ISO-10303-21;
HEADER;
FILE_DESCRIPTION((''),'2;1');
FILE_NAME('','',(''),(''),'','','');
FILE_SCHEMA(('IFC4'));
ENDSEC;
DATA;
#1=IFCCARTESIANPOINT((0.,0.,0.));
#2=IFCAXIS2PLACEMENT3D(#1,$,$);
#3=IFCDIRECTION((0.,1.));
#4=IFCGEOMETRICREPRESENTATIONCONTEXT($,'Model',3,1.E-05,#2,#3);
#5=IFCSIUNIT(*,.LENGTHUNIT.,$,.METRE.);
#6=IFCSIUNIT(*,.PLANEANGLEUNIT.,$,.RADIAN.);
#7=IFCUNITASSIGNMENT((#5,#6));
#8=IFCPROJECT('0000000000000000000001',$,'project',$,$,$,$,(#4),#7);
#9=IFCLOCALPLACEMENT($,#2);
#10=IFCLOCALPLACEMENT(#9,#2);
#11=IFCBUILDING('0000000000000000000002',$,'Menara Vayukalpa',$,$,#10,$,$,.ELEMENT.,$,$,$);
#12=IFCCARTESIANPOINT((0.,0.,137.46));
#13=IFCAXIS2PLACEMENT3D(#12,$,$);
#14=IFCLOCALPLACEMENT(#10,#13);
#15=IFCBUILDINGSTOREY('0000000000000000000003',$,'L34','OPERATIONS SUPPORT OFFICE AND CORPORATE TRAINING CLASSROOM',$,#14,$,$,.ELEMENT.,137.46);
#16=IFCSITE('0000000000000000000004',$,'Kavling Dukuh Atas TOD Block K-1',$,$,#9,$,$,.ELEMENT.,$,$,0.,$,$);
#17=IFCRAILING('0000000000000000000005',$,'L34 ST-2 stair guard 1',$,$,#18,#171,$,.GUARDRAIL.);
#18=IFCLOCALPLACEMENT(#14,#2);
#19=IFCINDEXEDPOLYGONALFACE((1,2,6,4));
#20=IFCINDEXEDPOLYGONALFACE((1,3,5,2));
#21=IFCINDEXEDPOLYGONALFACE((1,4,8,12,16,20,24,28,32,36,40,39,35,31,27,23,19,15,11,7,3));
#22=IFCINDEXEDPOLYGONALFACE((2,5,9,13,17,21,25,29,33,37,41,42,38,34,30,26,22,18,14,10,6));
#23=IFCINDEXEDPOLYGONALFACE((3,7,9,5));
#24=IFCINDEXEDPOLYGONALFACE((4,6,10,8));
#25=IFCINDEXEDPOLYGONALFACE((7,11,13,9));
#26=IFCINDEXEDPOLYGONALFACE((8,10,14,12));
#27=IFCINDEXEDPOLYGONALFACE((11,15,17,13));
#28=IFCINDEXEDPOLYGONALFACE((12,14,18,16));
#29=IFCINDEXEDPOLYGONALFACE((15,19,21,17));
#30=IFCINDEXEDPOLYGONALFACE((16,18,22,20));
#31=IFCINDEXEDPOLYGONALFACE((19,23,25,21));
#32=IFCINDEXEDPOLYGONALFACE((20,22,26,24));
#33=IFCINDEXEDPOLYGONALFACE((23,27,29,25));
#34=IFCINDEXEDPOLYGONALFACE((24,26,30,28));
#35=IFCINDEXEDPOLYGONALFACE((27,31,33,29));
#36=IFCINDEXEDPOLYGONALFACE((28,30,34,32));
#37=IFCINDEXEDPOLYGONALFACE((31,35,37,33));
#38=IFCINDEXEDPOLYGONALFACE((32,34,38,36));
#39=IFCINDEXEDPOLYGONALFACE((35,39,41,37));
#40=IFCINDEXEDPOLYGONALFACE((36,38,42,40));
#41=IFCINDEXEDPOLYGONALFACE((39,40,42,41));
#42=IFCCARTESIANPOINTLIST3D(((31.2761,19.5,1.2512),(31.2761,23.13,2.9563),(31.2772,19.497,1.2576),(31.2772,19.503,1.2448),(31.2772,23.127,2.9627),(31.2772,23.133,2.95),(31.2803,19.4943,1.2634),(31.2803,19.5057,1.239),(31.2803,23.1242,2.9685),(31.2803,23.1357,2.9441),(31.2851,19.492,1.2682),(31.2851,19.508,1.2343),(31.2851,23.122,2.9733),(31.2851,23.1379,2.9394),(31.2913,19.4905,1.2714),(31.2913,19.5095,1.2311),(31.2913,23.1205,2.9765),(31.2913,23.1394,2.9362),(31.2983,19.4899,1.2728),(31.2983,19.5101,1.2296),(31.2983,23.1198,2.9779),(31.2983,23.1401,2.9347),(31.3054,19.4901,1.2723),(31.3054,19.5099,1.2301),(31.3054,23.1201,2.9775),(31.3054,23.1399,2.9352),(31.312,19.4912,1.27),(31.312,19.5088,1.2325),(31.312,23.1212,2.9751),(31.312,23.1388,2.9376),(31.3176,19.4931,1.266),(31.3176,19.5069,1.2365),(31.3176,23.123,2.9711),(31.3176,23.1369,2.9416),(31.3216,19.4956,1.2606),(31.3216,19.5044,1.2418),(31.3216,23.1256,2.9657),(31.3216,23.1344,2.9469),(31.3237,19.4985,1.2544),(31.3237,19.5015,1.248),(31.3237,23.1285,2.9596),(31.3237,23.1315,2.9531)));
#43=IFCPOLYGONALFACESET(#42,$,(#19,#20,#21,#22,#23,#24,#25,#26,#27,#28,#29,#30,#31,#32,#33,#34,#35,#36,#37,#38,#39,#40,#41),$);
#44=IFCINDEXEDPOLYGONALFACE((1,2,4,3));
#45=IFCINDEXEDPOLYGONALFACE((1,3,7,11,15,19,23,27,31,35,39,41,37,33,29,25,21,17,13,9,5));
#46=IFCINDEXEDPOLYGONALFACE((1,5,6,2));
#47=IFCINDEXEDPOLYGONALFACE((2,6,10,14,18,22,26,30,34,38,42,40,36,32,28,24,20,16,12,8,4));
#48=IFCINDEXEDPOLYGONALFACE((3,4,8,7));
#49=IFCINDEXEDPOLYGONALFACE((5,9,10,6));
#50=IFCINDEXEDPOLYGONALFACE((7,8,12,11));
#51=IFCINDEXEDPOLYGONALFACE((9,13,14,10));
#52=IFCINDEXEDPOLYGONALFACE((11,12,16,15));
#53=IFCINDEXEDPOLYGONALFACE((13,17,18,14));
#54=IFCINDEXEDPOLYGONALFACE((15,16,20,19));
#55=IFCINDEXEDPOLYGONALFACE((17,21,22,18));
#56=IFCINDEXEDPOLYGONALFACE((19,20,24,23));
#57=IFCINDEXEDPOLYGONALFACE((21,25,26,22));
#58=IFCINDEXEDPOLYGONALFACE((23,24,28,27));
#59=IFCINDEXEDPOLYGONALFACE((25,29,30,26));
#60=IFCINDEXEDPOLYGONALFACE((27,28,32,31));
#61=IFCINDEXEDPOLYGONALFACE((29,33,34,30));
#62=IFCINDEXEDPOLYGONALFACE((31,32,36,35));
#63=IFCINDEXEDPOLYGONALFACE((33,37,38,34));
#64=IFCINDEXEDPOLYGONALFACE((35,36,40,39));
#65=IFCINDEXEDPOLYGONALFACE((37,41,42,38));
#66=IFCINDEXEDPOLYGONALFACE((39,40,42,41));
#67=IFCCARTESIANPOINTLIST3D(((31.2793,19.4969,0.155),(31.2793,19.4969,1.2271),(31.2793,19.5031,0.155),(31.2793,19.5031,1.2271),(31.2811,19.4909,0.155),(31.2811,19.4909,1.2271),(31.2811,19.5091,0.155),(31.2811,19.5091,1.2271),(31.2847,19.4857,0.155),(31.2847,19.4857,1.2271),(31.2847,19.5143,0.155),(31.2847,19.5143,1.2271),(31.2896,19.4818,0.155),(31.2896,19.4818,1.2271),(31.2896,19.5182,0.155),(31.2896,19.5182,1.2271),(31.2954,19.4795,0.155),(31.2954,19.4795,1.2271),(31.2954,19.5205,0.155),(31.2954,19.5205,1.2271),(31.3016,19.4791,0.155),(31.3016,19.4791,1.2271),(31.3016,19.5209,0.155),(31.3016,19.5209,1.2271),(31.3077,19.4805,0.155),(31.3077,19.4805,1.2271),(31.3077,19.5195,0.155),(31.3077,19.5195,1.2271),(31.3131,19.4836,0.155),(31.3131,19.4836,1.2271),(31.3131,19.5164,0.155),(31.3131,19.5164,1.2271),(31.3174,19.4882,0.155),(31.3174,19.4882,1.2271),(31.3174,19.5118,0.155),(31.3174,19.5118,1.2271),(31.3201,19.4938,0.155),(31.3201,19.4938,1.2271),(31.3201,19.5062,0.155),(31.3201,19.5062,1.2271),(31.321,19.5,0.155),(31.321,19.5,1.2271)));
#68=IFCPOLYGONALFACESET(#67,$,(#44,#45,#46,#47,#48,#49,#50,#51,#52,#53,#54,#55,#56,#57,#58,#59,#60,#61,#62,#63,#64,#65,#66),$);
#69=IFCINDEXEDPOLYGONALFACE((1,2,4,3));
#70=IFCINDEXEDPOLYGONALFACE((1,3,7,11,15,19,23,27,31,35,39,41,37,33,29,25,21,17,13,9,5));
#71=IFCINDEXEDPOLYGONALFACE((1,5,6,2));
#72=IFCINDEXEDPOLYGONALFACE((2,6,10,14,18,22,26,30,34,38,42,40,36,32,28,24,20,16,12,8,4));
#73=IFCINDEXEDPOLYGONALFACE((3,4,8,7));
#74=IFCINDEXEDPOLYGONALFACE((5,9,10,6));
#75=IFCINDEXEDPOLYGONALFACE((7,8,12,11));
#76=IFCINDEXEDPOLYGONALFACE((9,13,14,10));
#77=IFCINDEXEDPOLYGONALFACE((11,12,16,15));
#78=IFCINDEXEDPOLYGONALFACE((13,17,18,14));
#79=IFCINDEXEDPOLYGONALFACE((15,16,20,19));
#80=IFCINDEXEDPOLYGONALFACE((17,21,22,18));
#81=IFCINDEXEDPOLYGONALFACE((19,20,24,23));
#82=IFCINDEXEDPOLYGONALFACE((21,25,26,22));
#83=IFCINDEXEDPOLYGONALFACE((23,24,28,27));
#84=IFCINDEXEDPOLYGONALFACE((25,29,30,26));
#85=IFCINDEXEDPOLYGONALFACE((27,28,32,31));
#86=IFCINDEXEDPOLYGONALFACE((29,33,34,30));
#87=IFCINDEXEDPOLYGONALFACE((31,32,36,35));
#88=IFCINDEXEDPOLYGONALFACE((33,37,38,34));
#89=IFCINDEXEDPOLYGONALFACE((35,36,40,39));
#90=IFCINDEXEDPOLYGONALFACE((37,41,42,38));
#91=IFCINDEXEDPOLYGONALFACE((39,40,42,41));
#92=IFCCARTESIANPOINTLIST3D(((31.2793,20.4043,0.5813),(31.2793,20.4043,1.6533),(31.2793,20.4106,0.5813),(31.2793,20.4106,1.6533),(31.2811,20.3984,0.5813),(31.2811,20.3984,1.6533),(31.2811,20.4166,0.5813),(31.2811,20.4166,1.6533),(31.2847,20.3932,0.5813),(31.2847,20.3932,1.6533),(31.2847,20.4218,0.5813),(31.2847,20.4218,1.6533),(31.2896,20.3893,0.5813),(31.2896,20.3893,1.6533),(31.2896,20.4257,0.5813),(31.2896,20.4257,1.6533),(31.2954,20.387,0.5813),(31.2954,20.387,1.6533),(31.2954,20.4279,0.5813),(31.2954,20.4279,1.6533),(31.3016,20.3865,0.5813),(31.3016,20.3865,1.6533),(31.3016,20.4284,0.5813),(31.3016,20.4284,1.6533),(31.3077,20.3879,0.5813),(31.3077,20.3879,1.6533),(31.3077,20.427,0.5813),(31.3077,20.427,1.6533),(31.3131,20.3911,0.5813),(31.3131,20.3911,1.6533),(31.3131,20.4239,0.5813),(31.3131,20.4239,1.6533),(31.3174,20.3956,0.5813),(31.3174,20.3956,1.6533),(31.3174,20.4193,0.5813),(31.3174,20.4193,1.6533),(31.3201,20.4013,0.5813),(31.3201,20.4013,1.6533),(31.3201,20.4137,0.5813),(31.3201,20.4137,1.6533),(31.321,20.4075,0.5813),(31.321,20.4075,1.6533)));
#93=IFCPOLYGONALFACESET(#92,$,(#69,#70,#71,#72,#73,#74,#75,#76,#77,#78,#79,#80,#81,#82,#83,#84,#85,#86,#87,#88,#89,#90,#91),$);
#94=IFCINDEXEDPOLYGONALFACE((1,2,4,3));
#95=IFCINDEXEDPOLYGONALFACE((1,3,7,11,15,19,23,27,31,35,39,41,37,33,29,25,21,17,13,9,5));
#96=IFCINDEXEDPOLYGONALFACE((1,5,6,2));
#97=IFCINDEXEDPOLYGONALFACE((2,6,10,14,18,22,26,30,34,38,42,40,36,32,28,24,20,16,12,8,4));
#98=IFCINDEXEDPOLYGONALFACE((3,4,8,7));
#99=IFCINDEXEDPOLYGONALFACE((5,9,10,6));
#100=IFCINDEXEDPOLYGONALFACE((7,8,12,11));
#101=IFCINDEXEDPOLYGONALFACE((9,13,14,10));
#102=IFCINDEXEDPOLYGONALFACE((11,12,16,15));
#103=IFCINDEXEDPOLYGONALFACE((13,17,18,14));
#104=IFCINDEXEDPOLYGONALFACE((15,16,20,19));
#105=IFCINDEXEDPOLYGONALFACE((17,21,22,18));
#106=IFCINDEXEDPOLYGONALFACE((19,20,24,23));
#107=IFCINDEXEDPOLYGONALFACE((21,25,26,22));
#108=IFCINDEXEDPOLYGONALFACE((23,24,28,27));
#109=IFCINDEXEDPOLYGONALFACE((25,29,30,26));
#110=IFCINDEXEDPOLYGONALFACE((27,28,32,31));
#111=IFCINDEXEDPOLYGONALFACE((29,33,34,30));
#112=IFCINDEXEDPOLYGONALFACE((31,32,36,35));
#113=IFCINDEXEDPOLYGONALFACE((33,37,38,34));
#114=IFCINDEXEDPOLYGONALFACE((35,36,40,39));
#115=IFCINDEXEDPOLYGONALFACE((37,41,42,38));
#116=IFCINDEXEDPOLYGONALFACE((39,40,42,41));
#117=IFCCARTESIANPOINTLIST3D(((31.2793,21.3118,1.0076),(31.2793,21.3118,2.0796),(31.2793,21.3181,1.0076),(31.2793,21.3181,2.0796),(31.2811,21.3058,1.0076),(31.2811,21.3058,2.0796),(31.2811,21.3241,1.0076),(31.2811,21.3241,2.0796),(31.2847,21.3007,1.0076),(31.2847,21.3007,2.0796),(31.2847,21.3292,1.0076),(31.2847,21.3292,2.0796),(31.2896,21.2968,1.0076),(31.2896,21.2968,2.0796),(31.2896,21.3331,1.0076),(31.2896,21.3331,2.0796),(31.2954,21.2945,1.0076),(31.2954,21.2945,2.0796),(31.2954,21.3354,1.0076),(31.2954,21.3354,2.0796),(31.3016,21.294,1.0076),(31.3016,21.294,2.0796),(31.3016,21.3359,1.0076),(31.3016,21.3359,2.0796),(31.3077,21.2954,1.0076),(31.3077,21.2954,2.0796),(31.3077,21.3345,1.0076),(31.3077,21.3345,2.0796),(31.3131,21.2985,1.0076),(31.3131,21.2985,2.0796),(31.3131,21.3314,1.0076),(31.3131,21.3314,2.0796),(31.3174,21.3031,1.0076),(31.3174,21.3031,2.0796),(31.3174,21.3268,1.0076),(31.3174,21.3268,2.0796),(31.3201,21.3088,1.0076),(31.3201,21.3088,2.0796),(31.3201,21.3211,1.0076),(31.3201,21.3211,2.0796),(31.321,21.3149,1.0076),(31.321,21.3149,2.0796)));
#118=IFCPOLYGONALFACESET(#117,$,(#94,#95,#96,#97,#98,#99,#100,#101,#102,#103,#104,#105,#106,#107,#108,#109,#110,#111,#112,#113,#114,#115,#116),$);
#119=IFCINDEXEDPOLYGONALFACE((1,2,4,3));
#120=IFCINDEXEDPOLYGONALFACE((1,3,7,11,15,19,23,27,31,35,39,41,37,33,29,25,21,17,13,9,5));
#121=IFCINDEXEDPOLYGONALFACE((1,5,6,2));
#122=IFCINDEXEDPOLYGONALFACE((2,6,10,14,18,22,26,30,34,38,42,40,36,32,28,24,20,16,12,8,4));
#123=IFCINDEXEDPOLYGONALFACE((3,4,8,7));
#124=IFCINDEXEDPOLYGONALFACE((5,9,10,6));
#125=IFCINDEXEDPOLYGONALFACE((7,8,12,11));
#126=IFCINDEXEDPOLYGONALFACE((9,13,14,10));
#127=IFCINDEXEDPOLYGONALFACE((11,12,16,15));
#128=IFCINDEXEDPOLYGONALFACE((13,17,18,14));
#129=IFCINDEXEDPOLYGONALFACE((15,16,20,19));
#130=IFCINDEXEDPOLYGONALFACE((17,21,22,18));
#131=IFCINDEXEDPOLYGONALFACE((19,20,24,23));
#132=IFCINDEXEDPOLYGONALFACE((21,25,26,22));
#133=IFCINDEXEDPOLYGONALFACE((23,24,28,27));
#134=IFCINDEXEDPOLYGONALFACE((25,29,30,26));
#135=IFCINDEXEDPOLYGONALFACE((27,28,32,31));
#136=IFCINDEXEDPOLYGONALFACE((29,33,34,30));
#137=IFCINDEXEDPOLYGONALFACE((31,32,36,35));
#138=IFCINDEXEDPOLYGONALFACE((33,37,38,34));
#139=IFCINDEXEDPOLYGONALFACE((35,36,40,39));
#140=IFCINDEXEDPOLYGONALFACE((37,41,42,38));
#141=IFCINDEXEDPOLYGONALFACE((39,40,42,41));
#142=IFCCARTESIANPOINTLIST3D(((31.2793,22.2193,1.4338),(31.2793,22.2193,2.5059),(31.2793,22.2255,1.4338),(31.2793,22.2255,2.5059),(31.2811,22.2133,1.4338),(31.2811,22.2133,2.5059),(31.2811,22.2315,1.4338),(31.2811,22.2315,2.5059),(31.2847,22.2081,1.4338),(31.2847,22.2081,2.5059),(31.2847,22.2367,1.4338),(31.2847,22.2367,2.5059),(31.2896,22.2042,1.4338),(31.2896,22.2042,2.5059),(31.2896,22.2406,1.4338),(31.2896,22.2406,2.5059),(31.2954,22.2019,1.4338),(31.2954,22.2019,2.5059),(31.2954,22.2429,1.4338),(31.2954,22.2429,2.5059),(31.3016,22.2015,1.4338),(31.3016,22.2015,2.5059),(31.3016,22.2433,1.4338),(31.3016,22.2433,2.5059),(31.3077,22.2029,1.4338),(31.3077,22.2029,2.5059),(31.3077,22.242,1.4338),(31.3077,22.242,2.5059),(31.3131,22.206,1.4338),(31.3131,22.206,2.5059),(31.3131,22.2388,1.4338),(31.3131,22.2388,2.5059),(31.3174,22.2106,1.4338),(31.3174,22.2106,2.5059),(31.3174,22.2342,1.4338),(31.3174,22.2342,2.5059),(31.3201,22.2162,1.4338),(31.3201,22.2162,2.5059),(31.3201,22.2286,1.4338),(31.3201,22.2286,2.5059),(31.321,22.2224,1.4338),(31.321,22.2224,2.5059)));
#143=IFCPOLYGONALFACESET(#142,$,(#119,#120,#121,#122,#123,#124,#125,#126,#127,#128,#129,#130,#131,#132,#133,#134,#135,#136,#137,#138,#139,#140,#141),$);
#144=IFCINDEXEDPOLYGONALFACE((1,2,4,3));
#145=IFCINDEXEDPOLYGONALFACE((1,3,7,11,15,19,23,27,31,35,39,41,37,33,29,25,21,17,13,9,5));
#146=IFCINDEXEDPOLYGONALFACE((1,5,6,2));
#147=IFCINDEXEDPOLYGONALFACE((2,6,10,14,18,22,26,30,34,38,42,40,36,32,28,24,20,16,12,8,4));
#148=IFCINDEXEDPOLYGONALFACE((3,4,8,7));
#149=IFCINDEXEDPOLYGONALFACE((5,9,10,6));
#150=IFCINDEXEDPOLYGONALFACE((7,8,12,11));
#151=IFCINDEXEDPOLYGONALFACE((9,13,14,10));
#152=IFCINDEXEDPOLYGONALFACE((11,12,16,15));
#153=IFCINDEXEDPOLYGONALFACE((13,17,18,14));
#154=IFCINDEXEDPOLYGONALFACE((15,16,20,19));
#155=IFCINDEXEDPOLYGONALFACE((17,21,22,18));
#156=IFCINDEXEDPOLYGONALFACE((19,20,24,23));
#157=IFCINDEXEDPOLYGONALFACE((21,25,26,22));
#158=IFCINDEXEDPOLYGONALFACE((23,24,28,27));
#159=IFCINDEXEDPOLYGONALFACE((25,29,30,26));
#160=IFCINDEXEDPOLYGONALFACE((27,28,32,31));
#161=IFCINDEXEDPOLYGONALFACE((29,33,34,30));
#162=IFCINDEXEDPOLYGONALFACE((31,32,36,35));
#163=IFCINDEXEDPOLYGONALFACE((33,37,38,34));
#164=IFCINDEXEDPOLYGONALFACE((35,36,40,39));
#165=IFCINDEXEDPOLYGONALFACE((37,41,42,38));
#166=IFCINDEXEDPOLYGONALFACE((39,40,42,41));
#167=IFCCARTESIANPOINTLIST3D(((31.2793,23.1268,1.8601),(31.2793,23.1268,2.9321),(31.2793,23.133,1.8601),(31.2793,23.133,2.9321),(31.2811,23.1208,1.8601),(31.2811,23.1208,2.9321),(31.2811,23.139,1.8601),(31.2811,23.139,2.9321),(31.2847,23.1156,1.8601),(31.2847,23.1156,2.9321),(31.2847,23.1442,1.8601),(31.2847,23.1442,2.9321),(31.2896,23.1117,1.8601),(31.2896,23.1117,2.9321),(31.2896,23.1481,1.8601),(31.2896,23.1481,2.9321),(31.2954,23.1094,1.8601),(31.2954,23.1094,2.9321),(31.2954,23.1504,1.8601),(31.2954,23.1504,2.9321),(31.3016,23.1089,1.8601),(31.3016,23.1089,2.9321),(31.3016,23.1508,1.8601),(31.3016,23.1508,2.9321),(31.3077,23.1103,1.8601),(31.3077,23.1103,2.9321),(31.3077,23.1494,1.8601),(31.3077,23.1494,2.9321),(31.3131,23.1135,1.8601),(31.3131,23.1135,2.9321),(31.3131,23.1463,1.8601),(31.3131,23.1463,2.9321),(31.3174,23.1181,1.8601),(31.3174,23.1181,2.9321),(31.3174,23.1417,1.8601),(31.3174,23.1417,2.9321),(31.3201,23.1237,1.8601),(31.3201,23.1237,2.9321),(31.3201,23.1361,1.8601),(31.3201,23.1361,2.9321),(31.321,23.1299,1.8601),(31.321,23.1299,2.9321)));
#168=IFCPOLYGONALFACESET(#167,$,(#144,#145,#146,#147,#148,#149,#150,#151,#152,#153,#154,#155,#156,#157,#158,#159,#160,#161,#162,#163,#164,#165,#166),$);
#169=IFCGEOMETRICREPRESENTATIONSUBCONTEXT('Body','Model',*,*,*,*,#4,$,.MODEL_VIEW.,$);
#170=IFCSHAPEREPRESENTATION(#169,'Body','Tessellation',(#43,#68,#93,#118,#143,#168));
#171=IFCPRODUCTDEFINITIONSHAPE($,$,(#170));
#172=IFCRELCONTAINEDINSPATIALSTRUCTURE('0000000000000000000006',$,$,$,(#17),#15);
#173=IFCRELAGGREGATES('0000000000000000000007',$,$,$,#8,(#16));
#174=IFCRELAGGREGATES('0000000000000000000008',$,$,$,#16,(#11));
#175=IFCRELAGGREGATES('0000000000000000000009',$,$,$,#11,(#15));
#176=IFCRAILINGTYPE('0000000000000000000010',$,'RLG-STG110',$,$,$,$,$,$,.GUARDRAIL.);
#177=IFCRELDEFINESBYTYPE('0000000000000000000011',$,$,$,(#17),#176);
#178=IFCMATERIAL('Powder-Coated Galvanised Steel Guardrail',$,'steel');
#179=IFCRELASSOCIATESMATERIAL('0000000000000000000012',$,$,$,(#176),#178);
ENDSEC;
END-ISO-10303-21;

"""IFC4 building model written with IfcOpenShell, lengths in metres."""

from ifc_helpers import new_model, si_unit, direction, frame, origin, origin_2d, place, context, subcontext, project, spatial, circle, extrude, material, type_object, element, save


model = new_model("IFC4")

# Units and contexts
model_context = context("Model", 3, precision=1e-05, world=origin(), true_north=direction((0.0, 1.0)))
body_context = subcontext(model_context, "Body", "Model", "MODEL_VIEW")
ifc_project = project(units=[si_unit("LENGTHUNIT", "METRE"), si_unit("PLANEANGLEUNIT", "RADIAN")], contexts=[model_context])

# Site, building, storey
site_placement = place(None, origin())
site = spatial("IfcSite", under=ifc_project, at=site_placement, Name="Kavling Dukuh Atas TOD Block K-1", CompositionType="ELEMENT", RefElevation=0.0)
building_placement = place(site_placement, origin())
building = spatial("IfcBuilding", under=site, at=building_placement, Name="Menara Vayukalpa", CompositionType="ELEMENT")
storey_placement = place(building_placement, frame((0.0, 0.0, 137.46)))
storey = spatial("IfcBuildingStorey", under=building, at=storey_placement, Name="L34", Description="OPERATIONS SUPPORT OFFICE AND CORPORATE TRAINING CLASSROOM", CompositionType="ELEMENT", Elevation=137.46)

# Railing
ifc_material_1 = material(Name="Powder-Coated Galvanised Steel Guardrail", Category="steel")
railing_type_1 = type_object("IfcRailingType", Name="RLG-STG110", PredefinedType="GUARDRAIL", material=ifc_material_1)
railing_1_placement = place(storey_placement, frame((31.3, 19.5, 0.155)))
element("IfcRailing", 1, at=railing_1_placement, inside=storey, type_object=railing_type_1, Name="L34 ST-2 stair guard 1", PredefinedType="GUARDRAIL", context=body_context, shape_type="SweptSolid", body=[
    extrude(circle(Radius=0.0239, at=origin_2d()), frame((0.0, 0.0, 1.0962), z_axis=(0.0, 0.905116, 0.425164), x_axis=(-1.0, 0.0, 0.0)), (0.0, 0.0, 1.0), 4.0105),
    extrude(circle(Radius=0.021, at=origin_2d()), origin(), (0.0, 0.0, 1.0), 1.072),
    extrude(circle(Radius=0.021, at=origin_2d()), frame((0.0, 0.9075, 0.4263)), (0.0, 0.0, 1.0), 1.072),
    extrude(circle(Radius=0.021, at=origin_2d()), frame((0.0, 1.8149, 0.8525)), (0.0, 0.0, 1.0), 1.072),
    extrude(circle(Radius=0.021, at=origin_2d()), frame((0.0, 2.7224, 1.2788)), (0.0, 0.0, 1.0), 1.072),
    extrude(circle(Radius=0.021, at=origin_2d()), frame((0.0, 3.6299, 1.7051)), (0.0, 0.0, 1.0), 1.072),
])

save(model, "model.ifc")
